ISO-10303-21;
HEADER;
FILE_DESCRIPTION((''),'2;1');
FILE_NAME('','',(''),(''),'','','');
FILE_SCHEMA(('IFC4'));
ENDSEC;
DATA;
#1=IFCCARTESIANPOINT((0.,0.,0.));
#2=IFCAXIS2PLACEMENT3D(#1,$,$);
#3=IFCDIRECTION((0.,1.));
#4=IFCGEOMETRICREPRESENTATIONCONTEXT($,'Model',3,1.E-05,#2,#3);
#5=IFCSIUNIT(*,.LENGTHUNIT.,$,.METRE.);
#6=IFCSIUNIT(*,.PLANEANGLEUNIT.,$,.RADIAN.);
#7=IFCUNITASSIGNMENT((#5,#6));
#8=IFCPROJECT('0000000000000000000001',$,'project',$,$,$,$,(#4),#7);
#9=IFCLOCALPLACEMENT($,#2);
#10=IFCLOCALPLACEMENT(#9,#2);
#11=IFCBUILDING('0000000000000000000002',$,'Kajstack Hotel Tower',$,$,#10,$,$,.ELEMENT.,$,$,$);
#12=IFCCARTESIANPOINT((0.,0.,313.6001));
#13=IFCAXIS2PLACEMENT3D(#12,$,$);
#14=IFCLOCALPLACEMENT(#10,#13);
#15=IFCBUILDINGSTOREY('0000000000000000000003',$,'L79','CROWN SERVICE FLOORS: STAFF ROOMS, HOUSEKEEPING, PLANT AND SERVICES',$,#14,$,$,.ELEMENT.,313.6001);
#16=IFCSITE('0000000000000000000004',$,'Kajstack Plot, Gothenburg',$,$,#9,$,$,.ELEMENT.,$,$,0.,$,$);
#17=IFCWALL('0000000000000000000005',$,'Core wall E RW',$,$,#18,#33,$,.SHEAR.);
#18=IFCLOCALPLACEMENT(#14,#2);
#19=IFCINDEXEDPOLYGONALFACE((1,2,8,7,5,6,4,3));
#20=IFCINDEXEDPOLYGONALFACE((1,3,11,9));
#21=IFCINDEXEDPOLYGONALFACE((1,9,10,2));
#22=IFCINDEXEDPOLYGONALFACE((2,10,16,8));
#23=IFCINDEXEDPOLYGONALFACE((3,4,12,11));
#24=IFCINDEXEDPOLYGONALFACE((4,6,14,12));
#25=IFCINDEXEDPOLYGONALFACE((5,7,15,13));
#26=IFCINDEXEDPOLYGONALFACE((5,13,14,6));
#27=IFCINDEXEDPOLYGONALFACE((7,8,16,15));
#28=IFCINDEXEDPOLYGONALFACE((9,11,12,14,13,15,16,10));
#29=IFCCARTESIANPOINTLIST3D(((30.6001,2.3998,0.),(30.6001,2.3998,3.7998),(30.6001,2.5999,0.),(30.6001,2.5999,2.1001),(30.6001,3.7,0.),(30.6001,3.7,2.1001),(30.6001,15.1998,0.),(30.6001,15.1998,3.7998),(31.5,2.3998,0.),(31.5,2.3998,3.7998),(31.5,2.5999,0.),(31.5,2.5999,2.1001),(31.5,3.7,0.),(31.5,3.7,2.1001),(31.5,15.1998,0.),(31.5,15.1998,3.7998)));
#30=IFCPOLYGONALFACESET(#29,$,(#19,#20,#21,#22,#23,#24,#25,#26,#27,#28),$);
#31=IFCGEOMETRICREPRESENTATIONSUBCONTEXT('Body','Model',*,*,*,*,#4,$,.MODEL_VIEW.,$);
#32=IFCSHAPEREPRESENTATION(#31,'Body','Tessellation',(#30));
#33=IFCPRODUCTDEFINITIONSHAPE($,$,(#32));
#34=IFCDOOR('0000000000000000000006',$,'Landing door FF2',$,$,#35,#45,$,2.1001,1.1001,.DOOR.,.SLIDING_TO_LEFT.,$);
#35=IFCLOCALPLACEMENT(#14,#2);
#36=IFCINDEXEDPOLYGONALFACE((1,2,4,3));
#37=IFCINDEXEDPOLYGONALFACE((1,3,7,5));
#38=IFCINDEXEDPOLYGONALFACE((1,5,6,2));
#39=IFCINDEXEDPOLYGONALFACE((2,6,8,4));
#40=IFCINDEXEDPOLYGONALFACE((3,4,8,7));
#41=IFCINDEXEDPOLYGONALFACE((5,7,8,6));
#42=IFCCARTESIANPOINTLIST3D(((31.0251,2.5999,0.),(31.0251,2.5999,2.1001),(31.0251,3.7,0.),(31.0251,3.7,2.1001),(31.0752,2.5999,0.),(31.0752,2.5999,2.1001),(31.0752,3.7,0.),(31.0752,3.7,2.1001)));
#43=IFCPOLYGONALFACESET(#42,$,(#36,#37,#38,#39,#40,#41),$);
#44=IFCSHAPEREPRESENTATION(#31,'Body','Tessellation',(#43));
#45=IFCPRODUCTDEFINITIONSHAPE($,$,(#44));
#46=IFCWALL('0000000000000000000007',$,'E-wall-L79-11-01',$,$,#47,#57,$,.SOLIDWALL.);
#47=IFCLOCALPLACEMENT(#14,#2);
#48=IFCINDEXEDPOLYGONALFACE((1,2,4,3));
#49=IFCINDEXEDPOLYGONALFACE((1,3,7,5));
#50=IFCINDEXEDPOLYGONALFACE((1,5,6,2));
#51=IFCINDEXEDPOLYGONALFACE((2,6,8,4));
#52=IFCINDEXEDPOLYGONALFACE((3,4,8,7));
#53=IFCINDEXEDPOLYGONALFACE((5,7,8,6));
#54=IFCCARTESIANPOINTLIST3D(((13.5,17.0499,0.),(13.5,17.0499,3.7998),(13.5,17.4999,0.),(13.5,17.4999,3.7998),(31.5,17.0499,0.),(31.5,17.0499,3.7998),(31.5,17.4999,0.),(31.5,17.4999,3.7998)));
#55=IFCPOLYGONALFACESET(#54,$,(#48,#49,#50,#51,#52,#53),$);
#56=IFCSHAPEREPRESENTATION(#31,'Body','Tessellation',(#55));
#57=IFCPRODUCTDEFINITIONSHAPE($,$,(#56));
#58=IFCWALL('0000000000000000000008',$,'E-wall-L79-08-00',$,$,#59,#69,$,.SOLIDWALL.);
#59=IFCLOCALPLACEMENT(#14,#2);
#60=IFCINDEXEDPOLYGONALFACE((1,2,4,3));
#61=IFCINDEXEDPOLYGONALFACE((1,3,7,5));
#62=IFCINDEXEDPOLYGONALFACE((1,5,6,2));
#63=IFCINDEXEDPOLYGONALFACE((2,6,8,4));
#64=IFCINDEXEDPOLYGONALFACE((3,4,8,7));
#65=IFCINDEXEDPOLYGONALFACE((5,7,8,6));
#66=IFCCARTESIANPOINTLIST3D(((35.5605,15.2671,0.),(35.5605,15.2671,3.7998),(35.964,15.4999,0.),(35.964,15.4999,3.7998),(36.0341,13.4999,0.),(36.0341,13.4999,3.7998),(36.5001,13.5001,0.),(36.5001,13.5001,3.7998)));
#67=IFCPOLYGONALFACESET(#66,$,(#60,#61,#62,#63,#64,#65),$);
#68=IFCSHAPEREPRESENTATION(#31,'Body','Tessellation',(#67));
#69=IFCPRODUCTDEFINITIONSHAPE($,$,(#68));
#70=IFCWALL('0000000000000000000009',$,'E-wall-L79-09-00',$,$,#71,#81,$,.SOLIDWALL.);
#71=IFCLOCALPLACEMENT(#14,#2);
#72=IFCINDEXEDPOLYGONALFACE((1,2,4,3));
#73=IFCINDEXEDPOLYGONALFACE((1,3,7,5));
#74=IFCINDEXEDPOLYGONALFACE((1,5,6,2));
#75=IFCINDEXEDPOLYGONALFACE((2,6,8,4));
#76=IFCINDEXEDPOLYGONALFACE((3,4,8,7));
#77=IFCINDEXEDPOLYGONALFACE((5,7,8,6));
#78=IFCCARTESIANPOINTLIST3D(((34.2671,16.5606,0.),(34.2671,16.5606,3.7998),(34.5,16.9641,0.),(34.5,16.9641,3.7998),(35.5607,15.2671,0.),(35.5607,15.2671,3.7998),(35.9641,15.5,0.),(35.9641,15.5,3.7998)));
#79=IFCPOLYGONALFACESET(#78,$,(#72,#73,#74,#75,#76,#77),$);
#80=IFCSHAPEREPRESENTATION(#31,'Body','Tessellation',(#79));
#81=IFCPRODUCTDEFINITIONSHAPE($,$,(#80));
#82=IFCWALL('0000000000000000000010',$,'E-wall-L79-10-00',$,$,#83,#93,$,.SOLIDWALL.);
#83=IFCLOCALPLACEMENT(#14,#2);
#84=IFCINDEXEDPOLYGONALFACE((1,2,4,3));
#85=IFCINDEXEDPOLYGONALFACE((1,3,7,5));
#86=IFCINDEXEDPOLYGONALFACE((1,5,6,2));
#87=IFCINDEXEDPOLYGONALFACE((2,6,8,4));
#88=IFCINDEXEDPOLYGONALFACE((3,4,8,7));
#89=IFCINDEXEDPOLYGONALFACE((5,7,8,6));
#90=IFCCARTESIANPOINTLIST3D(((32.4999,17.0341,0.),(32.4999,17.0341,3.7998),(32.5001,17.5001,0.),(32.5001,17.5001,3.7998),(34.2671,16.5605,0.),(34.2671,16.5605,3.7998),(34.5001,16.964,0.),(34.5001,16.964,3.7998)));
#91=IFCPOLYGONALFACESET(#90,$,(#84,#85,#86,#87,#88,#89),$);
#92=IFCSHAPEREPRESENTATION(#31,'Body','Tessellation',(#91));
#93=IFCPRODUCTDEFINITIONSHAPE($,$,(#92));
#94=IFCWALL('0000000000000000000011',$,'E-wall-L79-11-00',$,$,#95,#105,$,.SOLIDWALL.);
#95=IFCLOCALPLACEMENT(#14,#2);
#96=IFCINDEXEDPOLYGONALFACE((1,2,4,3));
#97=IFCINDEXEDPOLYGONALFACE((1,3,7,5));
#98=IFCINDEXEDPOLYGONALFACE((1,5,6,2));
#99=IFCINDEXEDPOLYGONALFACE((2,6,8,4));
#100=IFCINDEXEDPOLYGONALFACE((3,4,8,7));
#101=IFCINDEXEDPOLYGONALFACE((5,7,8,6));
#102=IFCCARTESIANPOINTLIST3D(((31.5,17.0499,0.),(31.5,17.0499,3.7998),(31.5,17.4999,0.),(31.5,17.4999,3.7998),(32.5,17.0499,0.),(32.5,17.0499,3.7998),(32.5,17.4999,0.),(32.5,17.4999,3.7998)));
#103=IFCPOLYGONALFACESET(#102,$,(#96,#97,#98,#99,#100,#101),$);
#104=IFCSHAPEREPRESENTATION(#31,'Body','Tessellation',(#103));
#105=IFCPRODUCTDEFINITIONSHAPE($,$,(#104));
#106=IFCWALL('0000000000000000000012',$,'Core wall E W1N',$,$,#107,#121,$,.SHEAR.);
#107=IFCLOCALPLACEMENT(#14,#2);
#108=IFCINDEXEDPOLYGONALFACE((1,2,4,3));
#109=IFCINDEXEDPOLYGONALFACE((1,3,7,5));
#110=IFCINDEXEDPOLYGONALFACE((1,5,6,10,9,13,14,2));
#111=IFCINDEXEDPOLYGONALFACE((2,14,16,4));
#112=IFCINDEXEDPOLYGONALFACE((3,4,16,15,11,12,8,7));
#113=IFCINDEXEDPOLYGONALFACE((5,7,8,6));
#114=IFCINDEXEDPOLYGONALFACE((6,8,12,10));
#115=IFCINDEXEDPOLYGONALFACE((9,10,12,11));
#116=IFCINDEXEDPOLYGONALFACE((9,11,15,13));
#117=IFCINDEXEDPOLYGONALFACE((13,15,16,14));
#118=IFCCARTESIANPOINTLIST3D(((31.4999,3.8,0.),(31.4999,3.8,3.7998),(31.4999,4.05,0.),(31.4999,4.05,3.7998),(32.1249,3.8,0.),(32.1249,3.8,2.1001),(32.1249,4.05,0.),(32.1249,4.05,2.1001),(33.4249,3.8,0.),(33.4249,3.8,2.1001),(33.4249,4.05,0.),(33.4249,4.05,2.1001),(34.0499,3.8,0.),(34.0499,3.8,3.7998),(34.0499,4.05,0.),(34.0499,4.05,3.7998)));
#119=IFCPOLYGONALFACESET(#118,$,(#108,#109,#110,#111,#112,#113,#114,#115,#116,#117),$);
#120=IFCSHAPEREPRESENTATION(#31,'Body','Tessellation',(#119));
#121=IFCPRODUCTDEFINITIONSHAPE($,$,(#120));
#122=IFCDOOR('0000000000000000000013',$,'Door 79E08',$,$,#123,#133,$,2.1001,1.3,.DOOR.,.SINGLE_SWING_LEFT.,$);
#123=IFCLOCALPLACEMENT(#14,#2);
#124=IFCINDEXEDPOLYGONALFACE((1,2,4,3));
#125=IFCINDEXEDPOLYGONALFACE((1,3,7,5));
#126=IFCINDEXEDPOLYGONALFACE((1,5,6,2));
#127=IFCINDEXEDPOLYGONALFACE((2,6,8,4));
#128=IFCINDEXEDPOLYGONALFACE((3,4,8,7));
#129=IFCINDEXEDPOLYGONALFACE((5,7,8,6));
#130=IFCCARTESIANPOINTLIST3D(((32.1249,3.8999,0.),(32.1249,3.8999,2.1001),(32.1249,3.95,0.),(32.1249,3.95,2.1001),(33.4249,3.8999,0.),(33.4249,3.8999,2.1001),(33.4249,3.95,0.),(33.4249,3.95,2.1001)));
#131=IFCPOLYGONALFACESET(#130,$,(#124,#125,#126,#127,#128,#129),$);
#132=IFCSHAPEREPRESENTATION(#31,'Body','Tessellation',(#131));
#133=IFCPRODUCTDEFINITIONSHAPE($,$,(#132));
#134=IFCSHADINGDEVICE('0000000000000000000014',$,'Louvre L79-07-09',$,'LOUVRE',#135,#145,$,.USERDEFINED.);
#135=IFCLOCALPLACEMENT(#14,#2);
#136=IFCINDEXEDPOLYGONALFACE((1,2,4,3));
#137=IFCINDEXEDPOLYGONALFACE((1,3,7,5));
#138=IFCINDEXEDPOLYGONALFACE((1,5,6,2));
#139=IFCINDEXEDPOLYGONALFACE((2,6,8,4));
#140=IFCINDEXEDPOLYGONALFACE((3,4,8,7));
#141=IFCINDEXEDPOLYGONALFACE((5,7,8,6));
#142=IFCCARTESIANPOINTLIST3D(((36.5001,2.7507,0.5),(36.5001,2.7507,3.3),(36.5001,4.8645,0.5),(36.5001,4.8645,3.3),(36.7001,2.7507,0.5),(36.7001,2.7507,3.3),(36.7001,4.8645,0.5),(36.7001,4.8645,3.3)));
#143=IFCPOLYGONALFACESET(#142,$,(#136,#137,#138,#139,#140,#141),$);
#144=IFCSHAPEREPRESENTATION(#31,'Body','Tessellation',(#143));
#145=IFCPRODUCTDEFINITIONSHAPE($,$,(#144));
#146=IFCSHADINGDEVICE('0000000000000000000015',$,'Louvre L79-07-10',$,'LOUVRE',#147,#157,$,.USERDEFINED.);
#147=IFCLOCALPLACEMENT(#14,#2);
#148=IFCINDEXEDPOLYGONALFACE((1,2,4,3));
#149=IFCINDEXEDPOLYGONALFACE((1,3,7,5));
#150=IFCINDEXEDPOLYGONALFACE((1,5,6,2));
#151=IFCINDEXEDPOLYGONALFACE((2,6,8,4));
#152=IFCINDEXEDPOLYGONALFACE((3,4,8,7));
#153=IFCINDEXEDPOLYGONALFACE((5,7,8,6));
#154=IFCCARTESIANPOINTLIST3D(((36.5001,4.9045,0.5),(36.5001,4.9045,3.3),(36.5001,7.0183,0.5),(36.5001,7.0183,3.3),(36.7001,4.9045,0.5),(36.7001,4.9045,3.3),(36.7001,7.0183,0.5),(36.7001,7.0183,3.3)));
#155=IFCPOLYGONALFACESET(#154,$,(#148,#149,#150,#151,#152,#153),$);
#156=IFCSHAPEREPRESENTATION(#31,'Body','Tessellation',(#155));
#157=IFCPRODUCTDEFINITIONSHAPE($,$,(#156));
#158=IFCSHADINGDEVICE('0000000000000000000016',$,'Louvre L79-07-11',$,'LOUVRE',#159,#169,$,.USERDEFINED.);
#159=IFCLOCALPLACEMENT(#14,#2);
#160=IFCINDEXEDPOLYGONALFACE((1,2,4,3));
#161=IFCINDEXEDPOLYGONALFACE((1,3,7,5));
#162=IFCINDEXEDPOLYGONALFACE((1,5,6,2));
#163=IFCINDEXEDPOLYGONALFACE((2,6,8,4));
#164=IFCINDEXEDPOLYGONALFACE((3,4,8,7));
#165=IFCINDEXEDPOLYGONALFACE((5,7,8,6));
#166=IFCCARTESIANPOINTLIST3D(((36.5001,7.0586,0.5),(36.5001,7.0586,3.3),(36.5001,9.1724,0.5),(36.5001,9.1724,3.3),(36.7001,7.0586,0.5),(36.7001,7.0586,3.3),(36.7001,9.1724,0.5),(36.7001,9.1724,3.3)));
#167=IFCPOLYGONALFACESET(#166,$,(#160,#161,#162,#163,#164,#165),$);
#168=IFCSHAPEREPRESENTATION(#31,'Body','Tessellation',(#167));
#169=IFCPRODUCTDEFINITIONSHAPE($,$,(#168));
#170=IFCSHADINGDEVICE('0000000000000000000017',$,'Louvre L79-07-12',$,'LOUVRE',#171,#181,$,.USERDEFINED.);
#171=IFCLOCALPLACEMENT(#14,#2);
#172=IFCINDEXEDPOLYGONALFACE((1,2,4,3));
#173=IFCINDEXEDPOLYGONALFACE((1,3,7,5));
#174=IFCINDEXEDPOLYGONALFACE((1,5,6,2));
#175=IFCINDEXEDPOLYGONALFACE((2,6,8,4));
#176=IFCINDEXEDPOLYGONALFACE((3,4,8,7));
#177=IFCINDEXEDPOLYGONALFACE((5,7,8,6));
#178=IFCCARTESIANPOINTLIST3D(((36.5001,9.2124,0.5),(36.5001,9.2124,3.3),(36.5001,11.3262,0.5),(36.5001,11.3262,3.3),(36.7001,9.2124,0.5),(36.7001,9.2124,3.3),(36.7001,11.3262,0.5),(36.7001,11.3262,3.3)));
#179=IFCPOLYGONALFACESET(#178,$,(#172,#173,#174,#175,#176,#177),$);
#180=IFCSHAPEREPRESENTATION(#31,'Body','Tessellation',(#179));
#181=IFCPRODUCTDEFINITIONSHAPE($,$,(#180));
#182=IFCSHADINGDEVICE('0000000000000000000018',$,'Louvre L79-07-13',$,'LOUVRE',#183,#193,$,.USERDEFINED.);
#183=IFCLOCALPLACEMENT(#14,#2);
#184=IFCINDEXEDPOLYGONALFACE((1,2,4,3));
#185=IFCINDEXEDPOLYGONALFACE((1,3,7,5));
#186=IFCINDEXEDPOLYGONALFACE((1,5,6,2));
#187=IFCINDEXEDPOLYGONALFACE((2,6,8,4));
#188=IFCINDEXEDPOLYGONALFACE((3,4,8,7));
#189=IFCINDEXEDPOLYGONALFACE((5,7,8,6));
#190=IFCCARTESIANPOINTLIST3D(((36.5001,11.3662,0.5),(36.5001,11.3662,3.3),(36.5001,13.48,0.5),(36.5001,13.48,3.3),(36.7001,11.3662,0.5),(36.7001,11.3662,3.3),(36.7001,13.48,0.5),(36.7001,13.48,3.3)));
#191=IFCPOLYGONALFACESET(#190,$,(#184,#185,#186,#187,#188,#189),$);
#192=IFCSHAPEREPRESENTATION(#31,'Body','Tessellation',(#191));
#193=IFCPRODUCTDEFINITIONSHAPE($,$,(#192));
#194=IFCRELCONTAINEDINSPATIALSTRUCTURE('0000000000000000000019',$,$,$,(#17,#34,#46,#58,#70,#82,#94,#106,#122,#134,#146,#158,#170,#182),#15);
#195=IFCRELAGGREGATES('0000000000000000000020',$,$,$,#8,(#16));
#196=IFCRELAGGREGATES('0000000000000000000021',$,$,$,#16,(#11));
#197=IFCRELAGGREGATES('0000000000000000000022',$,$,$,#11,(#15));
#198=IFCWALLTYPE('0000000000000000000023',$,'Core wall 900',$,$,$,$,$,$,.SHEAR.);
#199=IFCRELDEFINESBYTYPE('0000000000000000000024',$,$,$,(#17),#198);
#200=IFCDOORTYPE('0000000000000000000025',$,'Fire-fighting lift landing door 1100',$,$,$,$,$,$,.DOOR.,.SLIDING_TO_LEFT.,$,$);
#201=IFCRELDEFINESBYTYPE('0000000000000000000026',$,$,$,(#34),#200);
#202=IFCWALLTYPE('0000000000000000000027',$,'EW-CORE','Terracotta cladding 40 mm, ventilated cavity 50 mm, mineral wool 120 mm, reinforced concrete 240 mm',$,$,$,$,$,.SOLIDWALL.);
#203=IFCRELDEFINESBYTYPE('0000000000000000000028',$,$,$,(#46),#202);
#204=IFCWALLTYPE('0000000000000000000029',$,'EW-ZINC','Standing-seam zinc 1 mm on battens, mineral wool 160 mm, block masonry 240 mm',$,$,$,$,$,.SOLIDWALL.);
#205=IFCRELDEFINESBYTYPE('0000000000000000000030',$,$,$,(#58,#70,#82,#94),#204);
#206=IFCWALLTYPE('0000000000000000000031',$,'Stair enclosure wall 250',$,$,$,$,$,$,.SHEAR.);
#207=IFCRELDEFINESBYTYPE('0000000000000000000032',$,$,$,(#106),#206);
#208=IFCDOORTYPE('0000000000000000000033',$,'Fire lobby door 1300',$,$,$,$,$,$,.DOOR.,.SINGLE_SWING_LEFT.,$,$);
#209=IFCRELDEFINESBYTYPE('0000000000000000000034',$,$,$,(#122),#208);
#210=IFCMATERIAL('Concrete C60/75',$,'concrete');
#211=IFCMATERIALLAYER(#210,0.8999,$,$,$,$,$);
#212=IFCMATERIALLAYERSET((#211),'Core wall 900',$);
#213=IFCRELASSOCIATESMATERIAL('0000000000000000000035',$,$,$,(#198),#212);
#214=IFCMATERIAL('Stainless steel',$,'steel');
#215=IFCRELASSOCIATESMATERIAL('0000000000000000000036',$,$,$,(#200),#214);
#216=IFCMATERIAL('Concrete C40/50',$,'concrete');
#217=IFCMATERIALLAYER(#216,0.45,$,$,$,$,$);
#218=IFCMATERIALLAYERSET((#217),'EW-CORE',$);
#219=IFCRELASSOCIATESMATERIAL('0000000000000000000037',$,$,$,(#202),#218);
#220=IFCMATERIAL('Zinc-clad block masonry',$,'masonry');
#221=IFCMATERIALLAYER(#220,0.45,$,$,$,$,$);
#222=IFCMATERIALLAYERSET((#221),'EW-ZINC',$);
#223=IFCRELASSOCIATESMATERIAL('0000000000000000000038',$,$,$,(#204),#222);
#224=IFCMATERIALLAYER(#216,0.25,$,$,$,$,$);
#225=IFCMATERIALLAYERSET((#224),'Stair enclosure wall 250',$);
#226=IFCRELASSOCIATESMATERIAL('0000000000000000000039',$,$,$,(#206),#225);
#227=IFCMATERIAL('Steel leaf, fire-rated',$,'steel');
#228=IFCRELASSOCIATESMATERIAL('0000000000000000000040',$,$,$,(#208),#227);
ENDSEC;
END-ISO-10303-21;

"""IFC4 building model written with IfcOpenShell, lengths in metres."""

from ifc_helpers import new_model, si_unit, direction, frame, frame_2d, origin, origin_2d, place, context, subcontext, project, spatial, polyline, rectangle, outline, extrude, material, layer, layer_set, type_object, element, fill, save


model = new_model("IFC4")

# Units and contexts
model_context = context("Model", 3, precision=1e-05, world=origin(), true_north=direction((0.0, 1.0)))
body_context = subcontext(model_context, "Body", "Model", "MODEL_VIEW")
ifc_project = project(units=[si_unit("LENGTHUNIT", "METRE"), si_unit("PLANEANGLEUNIT", "RADIAN")], contexts=[model_context])

# Site, building, storey
site_placement = place(None, origin())
site = spatial("IfcSite", under=ifc_project, at=site_placement, Name="Kajstack Plot, Gothenburg", CompositionType="ELEMENT", RefElevation=0.0)
building_placement = place(site_placement, origin())
building = spatial("IfcBuilding", under=site, at=building_placement, Name="Kajstack Hotel Tower", CompositionType="ELEMENT")
storey_placement = place(building_placement, frame((0.0, 0.0, 313.6001)))
storey = spatial("IfcBuildingStorey", under=building, at=storey_placement, Name="L79", Description="CROWN SERVICE FLOORS: STAFF ROOMS, HOUSEKEEPING, PLANT AND SERVICES", CompositionType="ELEMENT", Elevation=313.6001)

# Wall, opening, door
ifc_material_1 = material(Name="Concrete C60/75", Category="concrete")
ifc_layer_1 = layer(ifc_material_1, 0.8999)
ifc_layer_set_1 = layer_set([ifc_layer_1], Name="Core wall 900")
wall_type_1 = type_object("IfcWallType", Name="Core wall 900", PredefinedType="SHEAR", material=ifc_layer_set_1)
wall_1_placement = place(storey_placement, frame((31.05, 2.3999, 0.0), z_axis=(0.0, 0.0, 1.0), x_axis=(0.0, 1.0, 0.0)))
wall_1 = element("IfcWall", 1, at=wall_1_placement, inside=storey, type_object=wall_type_1, Name="Core wall E RW", PredefinedType="SHEAR", context=body_context, shape_type="SweptSolid", body=[
    extrude(rectangle(XDim=12.8, YDim=0.8999, at=frame_2d((6.3999, 0.0))), origin(), (0.0, 0.0, 1.0), 3.7998),
])
opening_1_placement = place(wall_1_placement, frame((0.2, 0.0, 0.0)))
opening_1 = element("IfcOpeningElement", 2, at=opening_1_placement, cuts=wall_1, PredefinedType="OPENING", context=body_context, shape_type="SweptSolid", body=[
    extrude(rectangle(XDim=1.1001, YDim=2.1001, at=frame_2d((0.55, 1.05))), frame((0.0, 0.46, 0.0), z_axis=(0.0, -1.0, 0.0), x_axis=(1.0, 0.0, 0.0)), (0.0, 0.0, 1.0), 0.9199),
])
ifc_material_2 = material(Name="Stainless steel", Category="steel")
door_type_1 = type_object("IfcDoorType", Name="Fire-fighting lift landing door 1100", OperationType="SLIDING_TO_LEFT", PredefinedType="DOOR", material=ifc_material_2)
door_1_placement = place(opening_1_placement, origin())
door_1 = element("IfcDoor", 3, at=door_1_placement, inside=storey, type_object=door_type_1, Name="Landing door FF2", OperationType="SLIDING_TO_LEFT", OverallHeight=2.1001, OverallWidth=1.1001, PredefinedType="DOOR", context=body_context, shape_type="SweptSolid", body=[
    extrude(rectangle(XDim=1.1001, YDim=2.1001, at=frame_2d((0.55, 1.05))), frame((0.0, 0.0249, 0.0), z_axis=(0.0, -1.0, 0.0), x_axis=(1.0, 0.0, 0.0)), (0.0, 0.0, 1.0), 0.05),
])
fill(opening_1, door_1)

# Walls
ifc_material_3 = material(Name="Concrete C40/50", Category="concrete")
ifc_layer_2 = layer(ifc_material_3, 0.45)
ifc_layer_set_2 = layer_set([ifc_layer_2], Name="EW-CORE")
wall_type_2 = type_object("IfcWallType", Name="EW-CORE", Description="Terracotta cladding 40 mm, ventilated cavity 50 mm, mineral wool 120 mm, reinforced concrete 240 mm", PredefinedType="SOLIDWALL", material=ifc_layer_set_2)
wall_2_placement = place(storey_placement, frame((31.5, 17.2749, 0.0), z_axis=(0.0, 0.0, 1.0), x_axis=(-1.0, 0.0, 0.0)))
element("IfcWall", 4, at=wall_2_placement, inside=storey, type_object=wall_type_2, Name="E-wall-L79-11-01", PredefinedType="SOLIDWALL", context=body_context, shape_type="SweptSolid", body=[
    extrude(rectangle(XDim=18.0, YDim=0.45, at=frame_2d((9.0, 0.0))), origin(), (0.0, 0.0, 1.0), 3.7998),
])
ifc_material_4 = material(Name="Zinc-clad block masonry", Category="masonry")
ifc_layer_3 = layer(ifc_material_4, 0.45)
ifc_layer_set_3 = layer_set([ifc_layer_3], Name="EW-ZINC")
wall_type_3 = type_object("IfcWallType", Name="EW-ZINC", Description="Standing-seam zinc 1 mm on battens, mineral wool 160 mm, block masonry 240 mm", PredefinedType="SOLIDWALL", material=ifc_layer_set_3)
wall_3_placement = place(storey_placement, frame((36.2827, 13.4417, 0.0), z_axis=(0.0, 0.0, 1.0), x_axis=(-0.258815, 0.965927, 0.0)))
element("IfcWall", 5, at=wall_3_placement, inside=storey, type_object=wall_type_3, Name="E-wall-L79-08-00", PredefinedType="SOLIDWALL", context=body_context, shape_type="SweptSolid", body=[
    extrude(outline(polyline([(0.0002, -0.2251), (2.0706, -0.2249), (1.9502, 0.2251), (0.1206, 0.2251), (0.0002, -0.2251)])), origin(), (0.0, 0.0, 1.0), 3.7998),
])
wall_4_placement = place(storey_placement, frame((35.8049, 15.3408, 0.0), z_axis=(0.0, 0.0, 1.0), x_axis=(-0.707107, 0.707107, 0.0)))
element("IfcWall", 6, at=wall_4_placement, inside=storey, type_object=wall_type_3, Name="E-wall-L79-09-00", PredefinedType="SOLIDWALL", context=body_context, shape_type="SweptSolid", body=[
    extrude(outline(polyline([(0.0, -0.2251), (2.0706, -0.2251), (1.95, 0.2249), (0.1206, 0.2249), (0.0, -0.2251)])), origin(), (0.0, 0.0, 1.0), 3.7998),
])
wall_5_placement = place(storey_placement, frame((34.4417, 16.7468, 0.0), z_axis=(0.0, 0.0, 1.0), x_axis=(-0.965927, 0.258815, 0.0)))
element("IfcWall", 7, at=wall_5_placement, inside=storey, type_object=wall_type_3, Name="E-wall-L79-10-00", PredefinedType="SOLIDWALL", context=body_context, shape_type="SweptSolid", body=[
    extrude(outline(polyline([(-0.0002, -0.2249), (2.0703, -0.2251), (1.95, 0.2251), (0.1204, 0.2251), (-0.0002, -0.2249)])), origin(), (0.0, 0.0, 1.0), 3.7998),
])
wall_6_placement = place(storey_placement, frame((32.5, 17.2749, 0.0), z_axis=(0.0, 0.0, 1.0), x_axis=(-1.0, 0.0, 0.0)))
element("IfcWall", 8, at=wall_6_placement, inside=storey, type_object=wall_type_3, Name="E-wall-L79-11-00", PredefinedType="SOLIDWALL", context=body_context, shape_type="SweptSolid", body=[
    extrude(rectangle(XDim=1.0, YDim=0.45, at=frame_2d((0.5, 0.0))), origin(), (0.0, 0.0, 1.0), 3.7998),
])

# Wall, opening, door
ifc_layer_4 = layer(ifc_material_3, 0.25)
ifc_layer_set_4 = layer_set([ifc_layer_4], Name="Stair enclosure wall 250")
wall_type_4 = type_object("IfcWallType", Name="Stair enclosure wall 250", PredefinedType="SHEAR", material=ifc_layer_set_4)
wall_7_placement = place(storey_placement, frame((31.5, 3.925, 0.0), z_axis=(0.0, 0.0, 1.0), x_axis=(1.0, 0.0, 0.0)))
wall_7 = element("IfcWall", 9, at=wall_7_placement, inside=storey, type_object=wall_type_4, Name="Core wall E W1N", PredefinedType="SHEAR", context=body_context, shape_type="SweptSolid", body=[
    extrude(rectangle(XDim=2.55, YDim=0.25, at=frame_2d((1.2749, 0.0))), origin(), (0.0, 0.0, 1.0), 3.7998),
])
opening_2_placement = place(wall_7_placement, frame((0.625, 0.0, 0.0)))
opening_2 = element("IfcOpeningElement", 10, at=opening_2_placement, cuts=wall_7, PredefinedType="OPENING", context=body_context, shape_type="SweptSolid", body=[
    extrude(rectangle(XDim=1.3, YDim=2.1001, at=frame_2d((0.6499, 1.05))), frame((0.0, 0.135, 0.0), z_axis=(0.0, -1.0, 0.0), x_axis=(1.0, 0.0, 0.0)), (0.0, 0.0, 1.0), 0.27),
])
ifc_material_5 = material(Name="Steel leaf, fire-rated", Category="steel")
door_type_2 = type_object("IfcDoorType", Name="Fire lobby door 1300", OperationType="SINGLE_SWING_LEFT", PredefinedType="DOOR", material=ifc_material_5)
door_2_placement = place(opening_2_placement, origin())
door_2 = element("IfcDoor", 11, at=door_2_placement, inside=storey, type_object=door_type_2, Name="Door 79E08", OperationType="SINGLE_SWING_LEFT", OverallHeight=2.1001, OverallWidth=1.3, PredefinedType="DOOR", context=body_context, shape_type="SweptSolid", body=[
    extrude(rectangle(XDim=1.3, YDim=2.1001, at=frame_2d((0.6499, 1.05))), frame((0.0, 0.0249, 0.0), z_axis=(0.0, -1.0, 0.0), x_axis=(1.0, 0.0, 0.0)), (0.0, 0.0, 1.0), 0.05),
])
fill(opening_2, door_2)

# Shading devices
for number, where, z_axis, x_axis, name in (
    (12, (36.6001, 3.8076, 0.5), (0.0, 0.0, 1.0), (0.0, 1.0, 0.0), "Louvre L79-07-09"),
    (13, (36.6001, 5.9614, 0.5), (0.0, 0.0, 1.0), (0.0, 1.0, 0.0), "Louvre L79-07-10"),
    (14, (36.6001, 8.1155, 0.5), (0.0, 0.0, 1.0), (0.0, 1.0, 0.0), "Louvre L79-07-11"),
    (15, (36.6001, 10.2693, 0.5), (0.0, 0.0, 1.0), (0.0, 1.0, 0.0), "Louvre L79-07-12"),
    (16, (36.6001, 12.4231, 0.5), (0.0, 0.0, 1.0), (0.0, 1.0, 0.0), "Louvre L79-07-13"),
):
    element("IfcShadingDevice", number, at=place(storey_placement, frame(where, z_axis=z_axis, x_axis=x_axis)), inside=storey, Name=name, ObjectType="LOUVRE", PredefinedType="USERDEFINED", context=body_context, shape_type="SweptSolid", body=[
        extrude(rectangle(XDim=2.1138, YDim=0.2, at=origin_2d()), origin(), (0.0, 0.0, 1.0), 2.8),
    ])

save(model, "model.ifc")
